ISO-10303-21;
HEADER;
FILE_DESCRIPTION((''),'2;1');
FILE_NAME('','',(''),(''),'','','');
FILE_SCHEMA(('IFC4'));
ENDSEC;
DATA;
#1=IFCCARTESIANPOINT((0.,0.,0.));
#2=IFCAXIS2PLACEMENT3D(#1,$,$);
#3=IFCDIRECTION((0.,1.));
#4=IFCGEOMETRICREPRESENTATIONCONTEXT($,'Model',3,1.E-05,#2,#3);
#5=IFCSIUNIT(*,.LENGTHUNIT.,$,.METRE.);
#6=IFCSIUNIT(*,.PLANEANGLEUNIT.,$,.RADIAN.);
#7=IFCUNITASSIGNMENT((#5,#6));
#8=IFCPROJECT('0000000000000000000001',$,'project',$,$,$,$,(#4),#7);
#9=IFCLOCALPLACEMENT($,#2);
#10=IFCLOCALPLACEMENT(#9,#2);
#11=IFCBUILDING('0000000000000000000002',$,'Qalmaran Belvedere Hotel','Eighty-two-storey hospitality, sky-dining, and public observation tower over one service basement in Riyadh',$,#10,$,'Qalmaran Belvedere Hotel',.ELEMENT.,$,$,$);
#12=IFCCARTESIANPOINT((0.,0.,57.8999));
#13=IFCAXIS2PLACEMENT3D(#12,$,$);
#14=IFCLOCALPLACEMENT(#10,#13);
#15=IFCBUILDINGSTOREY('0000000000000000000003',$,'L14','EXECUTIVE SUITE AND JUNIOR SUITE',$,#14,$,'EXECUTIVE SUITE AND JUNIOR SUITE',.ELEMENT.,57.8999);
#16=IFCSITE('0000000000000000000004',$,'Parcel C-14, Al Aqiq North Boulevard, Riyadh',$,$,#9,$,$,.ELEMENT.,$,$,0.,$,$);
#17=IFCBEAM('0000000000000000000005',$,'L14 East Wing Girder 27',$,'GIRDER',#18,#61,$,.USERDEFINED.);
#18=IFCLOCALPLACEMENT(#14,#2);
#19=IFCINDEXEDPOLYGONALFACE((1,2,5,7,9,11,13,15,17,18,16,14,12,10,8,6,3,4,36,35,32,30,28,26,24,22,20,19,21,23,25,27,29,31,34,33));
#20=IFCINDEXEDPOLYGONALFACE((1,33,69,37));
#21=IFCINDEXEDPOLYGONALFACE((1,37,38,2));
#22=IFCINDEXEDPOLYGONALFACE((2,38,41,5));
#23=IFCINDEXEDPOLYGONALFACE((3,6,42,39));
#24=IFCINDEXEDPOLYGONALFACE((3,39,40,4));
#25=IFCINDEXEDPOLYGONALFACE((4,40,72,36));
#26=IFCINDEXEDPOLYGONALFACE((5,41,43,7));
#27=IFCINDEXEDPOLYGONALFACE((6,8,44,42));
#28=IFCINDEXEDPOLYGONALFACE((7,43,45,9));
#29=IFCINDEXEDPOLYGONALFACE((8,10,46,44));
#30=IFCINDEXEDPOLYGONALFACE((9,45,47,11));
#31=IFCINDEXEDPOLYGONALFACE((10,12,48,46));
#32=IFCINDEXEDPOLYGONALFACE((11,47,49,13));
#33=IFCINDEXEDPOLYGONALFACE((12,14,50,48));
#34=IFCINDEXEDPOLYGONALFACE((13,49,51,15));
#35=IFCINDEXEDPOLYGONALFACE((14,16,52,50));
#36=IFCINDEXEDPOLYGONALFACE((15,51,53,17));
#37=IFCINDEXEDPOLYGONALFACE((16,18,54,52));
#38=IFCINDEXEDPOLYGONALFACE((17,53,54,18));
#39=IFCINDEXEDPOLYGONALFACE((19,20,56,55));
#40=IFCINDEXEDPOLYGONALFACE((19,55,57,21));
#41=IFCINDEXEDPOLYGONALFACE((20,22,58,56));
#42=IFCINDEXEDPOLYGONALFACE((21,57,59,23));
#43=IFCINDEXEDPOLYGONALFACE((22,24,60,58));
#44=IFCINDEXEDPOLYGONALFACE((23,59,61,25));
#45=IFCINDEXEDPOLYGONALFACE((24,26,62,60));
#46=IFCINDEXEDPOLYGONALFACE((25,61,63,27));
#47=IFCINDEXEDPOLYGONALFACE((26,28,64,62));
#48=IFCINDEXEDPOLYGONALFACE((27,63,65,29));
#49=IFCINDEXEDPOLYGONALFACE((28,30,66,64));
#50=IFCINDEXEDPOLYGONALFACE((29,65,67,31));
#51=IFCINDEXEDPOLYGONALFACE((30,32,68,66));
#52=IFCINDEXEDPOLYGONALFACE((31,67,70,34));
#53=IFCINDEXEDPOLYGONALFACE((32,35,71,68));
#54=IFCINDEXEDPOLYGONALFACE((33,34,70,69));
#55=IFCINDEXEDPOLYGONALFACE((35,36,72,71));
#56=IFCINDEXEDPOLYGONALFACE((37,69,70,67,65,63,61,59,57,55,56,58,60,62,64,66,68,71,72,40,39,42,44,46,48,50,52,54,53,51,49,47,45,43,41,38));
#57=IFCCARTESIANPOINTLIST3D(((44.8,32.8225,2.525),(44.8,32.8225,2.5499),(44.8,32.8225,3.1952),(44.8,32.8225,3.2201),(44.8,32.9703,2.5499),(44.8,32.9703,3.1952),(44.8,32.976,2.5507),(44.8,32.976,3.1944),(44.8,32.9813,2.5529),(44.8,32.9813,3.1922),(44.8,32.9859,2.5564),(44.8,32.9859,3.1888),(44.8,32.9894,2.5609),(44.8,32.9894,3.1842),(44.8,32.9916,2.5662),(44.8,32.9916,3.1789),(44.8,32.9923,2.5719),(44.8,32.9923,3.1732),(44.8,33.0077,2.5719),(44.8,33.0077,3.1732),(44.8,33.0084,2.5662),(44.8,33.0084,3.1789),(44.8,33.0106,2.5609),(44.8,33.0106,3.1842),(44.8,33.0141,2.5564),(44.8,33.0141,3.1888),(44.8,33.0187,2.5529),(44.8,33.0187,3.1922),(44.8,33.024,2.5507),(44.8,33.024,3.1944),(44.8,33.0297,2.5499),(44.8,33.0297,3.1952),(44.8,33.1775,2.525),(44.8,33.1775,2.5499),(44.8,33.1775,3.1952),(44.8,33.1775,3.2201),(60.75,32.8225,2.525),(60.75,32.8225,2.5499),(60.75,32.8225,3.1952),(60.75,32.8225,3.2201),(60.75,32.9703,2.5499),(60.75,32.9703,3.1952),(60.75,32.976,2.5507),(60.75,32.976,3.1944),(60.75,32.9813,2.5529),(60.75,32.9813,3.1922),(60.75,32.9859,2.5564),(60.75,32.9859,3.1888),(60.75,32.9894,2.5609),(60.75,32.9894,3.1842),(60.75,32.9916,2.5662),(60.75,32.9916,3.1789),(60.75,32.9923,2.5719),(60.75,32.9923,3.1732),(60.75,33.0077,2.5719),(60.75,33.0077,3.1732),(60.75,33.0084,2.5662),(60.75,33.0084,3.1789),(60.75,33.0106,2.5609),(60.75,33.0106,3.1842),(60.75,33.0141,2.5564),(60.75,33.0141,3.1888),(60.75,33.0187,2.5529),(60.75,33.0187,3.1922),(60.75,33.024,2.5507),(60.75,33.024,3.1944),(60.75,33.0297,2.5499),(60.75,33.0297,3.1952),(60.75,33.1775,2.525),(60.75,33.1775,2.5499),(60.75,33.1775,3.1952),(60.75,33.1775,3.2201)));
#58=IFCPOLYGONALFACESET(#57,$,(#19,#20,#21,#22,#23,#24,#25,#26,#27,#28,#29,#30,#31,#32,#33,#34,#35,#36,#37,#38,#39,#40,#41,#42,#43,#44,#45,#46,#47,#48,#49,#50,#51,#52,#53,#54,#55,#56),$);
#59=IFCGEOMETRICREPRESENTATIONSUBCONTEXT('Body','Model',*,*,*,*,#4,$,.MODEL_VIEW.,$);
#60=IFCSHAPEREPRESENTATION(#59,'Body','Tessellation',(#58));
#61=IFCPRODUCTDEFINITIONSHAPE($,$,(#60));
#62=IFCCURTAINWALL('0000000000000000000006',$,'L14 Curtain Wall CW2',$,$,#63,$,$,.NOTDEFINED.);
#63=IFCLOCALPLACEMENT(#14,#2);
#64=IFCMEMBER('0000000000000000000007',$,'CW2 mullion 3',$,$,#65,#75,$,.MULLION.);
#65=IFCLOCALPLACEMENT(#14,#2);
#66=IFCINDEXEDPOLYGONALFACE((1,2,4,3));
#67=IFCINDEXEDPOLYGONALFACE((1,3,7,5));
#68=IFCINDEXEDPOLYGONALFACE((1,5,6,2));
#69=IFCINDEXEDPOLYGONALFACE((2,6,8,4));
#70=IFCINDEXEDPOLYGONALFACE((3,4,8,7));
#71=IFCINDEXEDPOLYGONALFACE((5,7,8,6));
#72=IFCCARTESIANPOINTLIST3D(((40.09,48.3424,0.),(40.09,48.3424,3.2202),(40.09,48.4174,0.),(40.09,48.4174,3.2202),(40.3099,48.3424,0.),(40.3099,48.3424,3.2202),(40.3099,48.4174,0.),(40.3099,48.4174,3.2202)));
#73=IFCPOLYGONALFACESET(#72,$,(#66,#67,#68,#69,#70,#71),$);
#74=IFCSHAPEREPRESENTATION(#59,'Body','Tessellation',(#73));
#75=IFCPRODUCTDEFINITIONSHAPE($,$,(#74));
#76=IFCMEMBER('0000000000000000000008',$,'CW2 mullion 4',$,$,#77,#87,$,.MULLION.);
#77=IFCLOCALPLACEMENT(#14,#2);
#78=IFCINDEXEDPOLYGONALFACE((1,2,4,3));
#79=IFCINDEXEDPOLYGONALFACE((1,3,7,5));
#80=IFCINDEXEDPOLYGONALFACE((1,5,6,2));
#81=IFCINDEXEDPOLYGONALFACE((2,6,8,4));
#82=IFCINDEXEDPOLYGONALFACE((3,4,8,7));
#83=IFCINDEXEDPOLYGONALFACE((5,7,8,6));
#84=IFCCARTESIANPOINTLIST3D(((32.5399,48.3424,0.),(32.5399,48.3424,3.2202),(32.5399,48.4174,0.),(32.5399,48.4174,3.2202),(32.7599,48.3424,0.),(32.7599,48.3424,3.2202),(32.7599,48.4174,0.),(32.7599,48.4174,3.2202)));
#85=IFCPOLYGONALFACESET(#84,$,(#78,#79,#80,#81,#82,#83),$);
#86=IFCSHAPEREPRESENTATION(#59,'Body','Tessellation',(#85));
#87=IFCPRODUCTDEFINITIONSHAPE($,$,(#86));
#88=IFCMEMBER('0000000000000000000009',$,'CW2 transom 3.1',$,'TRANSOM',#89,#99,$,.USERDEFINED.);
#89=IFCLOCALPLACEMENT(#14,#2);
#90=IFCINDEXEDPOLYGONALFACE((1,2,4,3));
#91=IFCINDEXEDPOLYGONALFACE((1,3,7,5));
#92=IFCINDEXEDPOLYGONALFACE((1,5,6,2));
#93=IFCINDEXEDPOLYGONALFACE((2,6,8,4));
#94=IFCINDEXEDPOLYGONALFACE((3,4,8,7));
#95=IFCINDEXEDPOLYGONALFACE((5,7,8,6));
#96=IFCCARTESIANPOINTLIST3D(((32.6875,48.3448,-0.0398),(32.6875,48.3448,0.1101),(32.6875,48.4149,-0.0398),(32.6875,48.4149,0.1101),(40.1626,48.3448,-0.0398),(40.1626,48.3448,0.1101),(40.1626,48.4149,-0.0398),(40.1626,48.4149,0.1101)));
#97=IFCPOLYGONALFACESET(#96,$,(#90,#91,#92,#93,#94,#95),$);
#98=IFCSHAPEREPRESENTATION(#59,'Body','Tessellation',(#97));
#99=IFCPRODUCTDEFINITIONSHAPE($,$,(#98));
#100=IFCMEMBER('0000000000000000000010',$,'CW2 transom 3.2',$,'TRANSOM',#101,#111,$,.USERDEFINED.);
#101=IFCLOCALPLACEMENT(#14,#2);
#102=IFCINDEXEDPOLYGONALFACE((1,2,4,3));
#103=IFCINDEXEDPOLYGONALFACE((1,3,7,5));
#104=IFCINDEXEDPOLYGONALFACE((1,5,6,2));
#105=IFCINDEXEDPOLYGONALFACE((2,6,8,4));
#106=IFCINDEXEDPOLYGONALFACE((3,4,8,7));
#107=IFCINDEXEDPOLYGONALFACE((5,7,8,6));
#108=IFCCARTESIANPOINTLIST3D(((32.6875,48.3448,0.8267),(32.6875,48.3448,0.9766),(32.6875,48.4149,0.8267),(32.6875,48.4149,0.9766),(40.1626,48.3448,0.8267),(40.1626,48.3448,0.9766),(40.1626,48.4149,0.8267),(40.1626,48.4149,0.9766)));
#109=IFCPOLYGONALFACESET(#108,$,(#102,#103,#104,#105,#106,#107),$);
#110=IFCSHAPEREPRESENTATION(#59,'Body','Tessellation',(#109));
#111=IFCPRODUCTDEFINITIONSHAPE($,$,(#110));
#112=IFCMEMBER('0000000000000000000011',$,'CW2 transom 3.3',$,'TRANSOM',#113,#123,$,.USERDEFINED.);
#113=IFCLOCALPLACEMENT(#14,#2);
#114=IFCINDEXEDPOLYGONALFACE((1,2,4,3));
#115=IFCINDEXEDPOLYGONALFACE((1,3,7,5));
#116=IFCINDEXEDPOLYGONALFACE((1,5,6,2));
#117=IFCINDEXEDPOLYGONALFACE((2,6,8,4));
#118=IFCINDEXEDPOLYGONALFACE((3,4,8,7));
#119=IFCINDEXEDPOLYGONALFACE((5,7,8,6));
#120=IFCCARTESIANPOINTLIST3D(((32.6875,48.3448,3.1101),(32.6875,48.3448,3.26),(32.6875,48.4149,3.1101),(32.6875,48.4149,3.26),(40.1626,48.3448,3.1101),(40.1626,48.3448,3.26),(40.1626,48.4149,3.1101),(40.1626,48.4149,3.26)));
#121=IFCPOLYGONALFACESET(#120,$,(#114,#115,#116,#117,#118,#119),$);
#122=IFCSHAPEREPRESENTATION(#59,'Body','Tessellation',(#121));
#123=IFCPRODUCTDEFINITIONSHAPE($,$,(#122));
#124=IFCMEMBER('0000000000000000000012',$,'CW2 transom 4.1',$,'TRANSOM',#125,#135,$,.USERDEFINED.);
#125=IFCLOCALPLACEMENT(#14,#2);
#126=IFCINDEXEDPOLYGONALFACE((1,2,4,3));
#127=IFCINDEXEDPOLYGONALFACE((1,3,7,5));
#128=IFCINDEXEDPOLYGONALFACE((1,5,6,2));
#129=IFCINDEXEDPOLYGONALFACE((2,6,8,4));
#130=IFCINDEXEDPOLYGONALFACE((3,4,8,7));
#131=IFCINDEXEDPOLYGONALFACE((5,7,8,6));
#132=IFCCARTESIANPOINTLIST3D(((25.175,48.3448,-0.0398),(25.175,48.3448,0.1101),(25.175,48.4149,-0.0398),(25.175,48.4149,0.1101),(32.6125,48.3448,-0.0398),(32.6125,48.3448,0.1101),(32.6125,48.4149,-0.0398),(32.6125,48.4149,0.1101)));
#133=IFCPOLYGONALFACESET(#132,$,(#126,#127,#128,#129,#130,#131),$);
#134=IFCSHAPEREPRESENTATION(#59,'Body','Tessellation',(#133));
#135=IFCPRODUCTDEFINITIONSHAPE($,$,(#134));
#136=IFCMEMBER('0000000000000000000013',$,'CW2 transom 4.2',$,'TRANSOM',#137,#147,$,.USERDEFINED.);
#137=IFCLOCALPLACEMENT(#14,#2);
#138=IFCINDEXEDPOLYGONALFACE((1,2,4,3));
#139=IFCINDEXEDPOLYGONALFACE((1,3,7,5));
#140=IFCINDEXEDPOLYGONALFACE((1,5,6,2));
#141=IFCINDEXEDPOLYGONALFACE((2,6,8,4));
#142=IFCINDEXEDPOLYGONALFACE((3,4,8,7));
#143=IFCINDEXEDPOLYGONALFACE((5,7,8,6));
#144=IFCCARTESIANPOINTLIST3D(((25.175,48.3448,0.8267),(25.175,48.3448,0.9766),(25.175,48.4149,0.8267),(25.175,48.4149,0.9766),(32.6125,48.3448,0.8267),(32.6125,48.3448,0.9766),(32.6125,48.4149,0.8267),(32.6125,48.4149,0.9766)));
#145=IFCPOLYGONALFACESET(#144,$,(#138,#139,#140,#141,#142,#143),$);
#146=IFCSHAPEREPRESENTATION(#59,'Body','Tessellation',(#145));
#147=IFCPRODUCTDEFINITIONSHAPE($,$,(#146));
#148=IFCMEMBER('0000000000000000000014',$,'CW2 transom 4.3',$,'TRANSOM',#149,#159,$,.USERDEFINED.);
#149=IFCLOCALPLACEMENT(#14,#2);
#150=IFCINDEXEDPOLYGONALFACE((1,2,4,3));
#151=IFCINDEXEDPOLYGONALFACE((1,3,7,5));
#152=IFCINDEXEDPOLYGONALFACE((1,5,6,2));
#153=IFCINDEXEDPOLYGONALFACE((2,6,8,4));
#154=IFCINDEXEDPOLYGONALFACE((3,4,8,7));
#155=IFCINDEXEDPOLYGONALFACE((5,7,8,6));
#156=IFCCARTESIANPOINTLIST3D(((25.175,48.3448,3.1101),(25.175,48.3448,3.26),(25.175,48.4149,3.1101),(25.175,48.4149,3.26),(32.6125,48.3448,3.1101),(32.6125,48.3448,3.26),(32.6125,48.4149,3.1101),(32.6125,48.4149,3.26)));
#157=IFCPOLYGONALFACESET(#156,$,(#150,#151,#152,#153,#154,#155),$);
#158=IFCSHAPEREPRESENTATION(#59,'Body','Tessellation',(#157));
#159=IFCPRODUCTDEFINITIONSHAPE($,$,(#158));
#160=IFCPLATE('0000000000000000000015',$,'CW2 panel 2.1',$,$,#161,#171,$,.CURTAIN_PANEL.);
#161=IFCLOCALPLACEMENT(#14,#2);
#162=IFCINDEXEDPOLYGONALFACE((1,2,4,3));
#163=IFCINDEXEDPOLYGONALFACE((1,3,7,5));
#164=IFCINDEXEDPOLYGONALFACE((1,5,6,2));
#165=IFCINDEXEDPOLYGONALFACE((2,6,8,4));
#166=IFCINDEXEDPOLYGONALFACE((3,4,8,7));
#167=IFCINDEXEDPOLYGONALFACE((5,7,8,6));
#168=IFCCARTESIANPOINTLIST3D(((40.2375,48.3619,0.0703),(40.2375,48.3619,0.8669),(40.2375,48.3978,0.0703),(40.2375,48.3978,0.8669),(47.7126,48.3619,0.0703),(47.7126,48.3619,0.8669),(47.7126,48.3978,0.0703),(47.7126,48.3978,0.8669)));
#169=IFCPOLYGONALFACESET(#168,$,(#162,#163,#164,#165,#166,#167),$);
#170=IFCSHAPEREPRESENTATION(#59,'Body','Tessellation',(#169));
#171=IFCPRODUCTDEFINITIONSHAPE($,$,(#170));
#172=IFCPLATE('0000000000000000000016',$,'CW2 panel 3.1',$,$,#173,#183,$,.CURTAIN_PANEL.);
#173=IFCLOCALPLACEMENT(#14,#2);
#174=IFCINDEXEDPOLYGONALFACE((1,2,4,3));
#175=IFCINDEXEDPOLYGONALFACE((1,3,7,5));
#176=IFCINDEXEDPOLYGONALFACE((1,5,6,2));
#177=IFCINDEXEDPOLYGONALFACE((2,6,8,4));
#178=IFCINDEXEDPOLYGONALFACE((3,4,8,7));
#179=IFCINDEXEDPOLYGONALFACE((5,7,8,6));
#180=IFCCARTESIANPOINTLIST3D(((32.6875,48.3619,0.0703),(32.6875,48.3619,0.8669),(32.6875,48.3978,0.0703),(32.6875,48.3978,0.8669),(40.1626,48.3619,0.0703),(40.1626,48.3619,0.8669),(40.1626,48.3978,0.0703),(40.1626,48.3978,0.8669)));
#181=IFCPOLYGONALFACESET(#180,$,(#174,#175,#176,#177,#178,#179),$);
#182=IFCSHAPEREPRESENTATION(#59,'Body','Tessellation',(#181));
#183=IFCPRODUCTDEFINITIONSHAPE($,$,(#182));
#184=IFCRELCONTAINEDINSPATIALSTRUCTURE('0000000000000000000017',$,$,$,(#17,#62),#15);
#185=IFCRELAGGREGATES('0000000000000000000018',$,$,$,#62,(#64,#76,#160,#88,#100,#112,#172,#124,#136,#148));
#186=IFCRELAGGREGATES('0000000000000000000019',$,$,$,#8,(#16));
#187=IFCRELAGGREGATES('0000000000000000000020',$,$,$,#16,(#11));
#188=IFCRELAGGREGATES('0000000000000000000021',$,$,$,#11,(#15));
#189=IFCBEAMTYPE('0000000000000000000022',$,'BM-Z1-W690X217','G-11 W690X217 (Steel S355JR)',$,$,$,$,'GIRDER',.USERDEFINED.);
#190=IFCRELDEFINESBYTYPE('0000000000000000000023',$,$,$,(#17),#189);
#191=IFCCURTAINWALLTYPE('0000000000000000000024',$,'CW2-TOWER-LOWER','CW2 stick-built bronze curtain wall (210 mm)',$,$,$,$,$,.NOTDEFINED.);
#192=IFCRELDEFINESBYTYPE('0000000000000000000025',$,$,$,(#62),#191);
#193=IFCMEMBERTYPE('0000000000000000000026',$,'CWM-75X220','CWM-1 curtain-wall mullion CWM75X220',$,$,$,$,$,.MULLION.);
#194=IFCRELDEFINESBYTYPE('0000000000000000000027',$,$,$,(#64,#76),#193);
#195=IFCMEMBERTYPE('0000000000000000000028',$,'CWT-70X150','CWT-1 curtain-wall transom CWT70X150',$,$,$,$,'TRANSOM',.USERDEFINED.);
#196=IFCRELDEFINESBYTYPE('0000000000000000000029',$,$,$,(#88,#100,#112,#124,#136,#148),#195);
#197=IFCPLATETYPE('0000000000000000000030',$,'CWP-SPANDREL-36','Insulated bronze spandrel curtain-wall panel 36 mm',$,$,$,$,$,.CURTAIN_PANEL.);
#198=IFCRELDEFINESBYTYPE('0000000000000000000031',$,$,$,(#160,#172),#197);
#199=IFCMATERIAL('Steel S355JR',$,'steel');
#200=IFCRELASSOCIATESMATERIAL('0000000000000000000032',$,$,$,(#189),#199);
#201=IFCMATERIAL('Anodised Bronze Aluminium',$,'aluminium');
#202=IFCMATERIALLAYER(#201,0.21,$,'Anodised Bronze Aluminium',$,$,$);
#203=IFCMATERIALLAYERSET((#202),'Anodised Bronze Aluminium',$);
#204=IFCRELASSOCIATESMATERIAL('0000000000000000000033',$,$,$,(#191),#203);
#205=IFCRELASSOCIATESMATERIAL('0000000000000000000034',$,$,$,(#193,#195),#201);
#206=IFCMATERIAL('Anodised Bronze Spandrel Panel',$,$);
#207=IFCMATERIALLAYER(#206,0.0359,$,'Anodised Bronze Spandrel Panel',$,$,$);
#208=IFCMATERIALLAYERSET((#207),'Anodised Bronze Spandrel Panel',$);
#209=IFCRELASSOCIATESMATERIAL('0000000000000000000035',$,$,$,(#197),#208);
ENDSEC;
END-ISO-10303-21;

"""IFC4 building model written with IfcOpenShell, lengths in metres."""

from ifc_helpers import new_model, si_unit, direction, frame, origin, origin_2d, place, context, subcontext, project, spatial, rectangle, i_section, extrude, material, layer, layer_set, material_profile, profile_set, type_object, element, aggregate, save


model = new_model("IFC4")

# Units and contexts
model_context = context("Model", 3, precision=1e-05, world=origin(), true_north=direction((0.0, 1.0)))
body_context = subcontext(model_context, "Body", "Model", "MODEL_VIEW")
ifc_project = project(units=[si_unit("LENGTHUNIT", "METRE"), si_unit("PLANEANGLEUNIT", "RADIAN")], contexts=[model_context])

# Site, building, storey
site_placement = place(None, origin())
site = spatial("IfcSite", under=ifc_project, at=site_placement, Name="Parcel C-14, Al Aqiq North Boulevard, Riyadh", CompositionType="ELEMENT", RefElevation=0.0)
building_placement = place(site_placement, origin())
building = spatial("IfcBuilding", under=site, at=building_placement, Name="Qalmaran Belvedere Hotel", Description="Eighty-two-storey hospitality, sky-dining, and public observation tower over one service basement in Riyadh", LongName="Qalmaran Belvedere Hotel", CompositionType="ELEMENT")
storey_placement = place(building_placement, frame((0.0, 0.0, 57.8999)))
storey = spatial("IfcBuildingStorey", under=building, at=storey_placement, Name="L14", Description="EXECUTIVE SUITE AND JUNIOR SUITE", LongName="EXECUTIVE SUITE AND JUNIOR SUITE", CompositionType="ELEMENT", Elevation=57.8999)

# Beam
ifc_material_1 = material(Name="Steel S355JR", Category="steel")
ifc_material_profile_1 = material_profile(ifc_material_1, i_section(OverallWidth=0.355, OverallDepth=0.6951, WebThickness=0.0154, FlangeThickness=0.0249, FilletRadius=0.022, at=origin_2d()), Name="W690X217")
ifc_profile_set_1 = profile_set([ifc_material_profile_1], Name="Steel S355JR")
beam_type_1 = type_object("IfcBeamType", Name="BM-Z1-W690X217", Description="G-11 W690X217 (Steel S355JR)", ElementType="GIRDER", PredefinedType="USERDEFINED", material=ifc_profile_set_1)
beam_1_placement = place(storey_placement, frame((44.8, 33.0, 2.8726), z_axis=(1.0, 0.0, 0.0), x_axis=(0.0, 1.0, 0.0)))
element("IfcBeam", 1, at=beam_1_placement, inside=storey, type_object=beam_type_1, Name="L14 East Wing Girder 27", ObjectType="GIRDER", PredefinedType="USERDEFINED", context=body_context, shape_type="SweptSolid", body=[
    extrude(i_section(OverallWidth=0.355, OverallDepth=0.6951, WebThickness=0.0154, FlangeThickness=0.0249, FilletRadius=0.022, at=origin_2d()), origin(), (0.0, 0.0, 1.0), 15.95),
])

# Curtain wall, members, plates
ifc_material_2 = material(Name="Anodised Bronze Aluminium", Category="aluminium")
ifc_layer_1 = layer(ifc_material_2, 0.21, Name="Anodised Bronze Aluminium")
ifc_layer_set_1 = layer_set([ifc_layer_1], Name="Anodised Bronze Aluminium")
curtain_wall_type = type_object("IfcCurtainWallType", Name="CW2-TOWER-LOWER", Description="CW2 stick-built bronze curtain wall (210 mm)", PredefinedType="NOTDEFINED", material=ifc_layer_set_1)
curtain_wall_placement = place(storey_placement, origin())
curtain_wall = element("IfcCurtainWall", 2, at=curtain_wall_placement, inside=storey, type_object=curtain_wall_type, Name="L14 Curtain Wall CW2", PredefinedType="NOTDEFINED")
ifc_material_profile_2 = material_profile(ifc_material_2, rectangle(XDim=0.075, YDim=0.22, at=origin_2d()), Name="CWM75X220")
ifc_profile_set_2 = profile_set([ifc_material_profile_2], Name="Anodised Bronze Aluminium")
member_type_1 = type_object("IfcMemberType", Name="CWM-75X220", Description="CWM-1 curtain-wall mullion CWM75X220", PredefinedType="MULLION", material=ifc_profile_set_2)
member_1_placement = place(storey_placement, frame((40.2, 48.3799, 0.0), z_axis=(0.0, 0.0, 1.0), x_axis=(0.0, -1.0, 0.0)))
member_1 = element("IfcMember", 3, at=member_1_placement, type_object=member_type_1, Name="CW2 mullion 3", PredefinedType="MULLION", context=body_context, shape_type="SweptSolid", body=[
    extrude(rectangle(XDim=0.075, YDim=0.22, at=origin_2d()), origin(), (0.0, 0.0, 1.0), 3.2202),
])
member_2_placement = place(storey_placement, frame((32.6499, 48.3799, 0.0), z_axis=(0.0, 0.0, 1.0), x_axis=(0.0, -1.0, 0.0)))
member_2 = element("IfcMember", 4, at=member_2_placement, type_object=member_type_1, Name="CW2 mullion 4", PredefinedType="MULLION", context=body_context, shape_type="SweptSolid", body=[
    extrude(rectangle(XDim=0.075, YDim=0.22, at=origin_2d()), origin(), (0.0, 0.0, 1.0), 3.2202),
])
ifc_material_profile_3 = material_profile(ifc_material_2, rectangle(XDim=0.0701, YDim=0.1499, at=origin_2d()), Name="CWT70X150")
ifc_profile_set_3 = profile_set([ifc_material_profile_3], Name="Anodised Bronze Aluminium")
member_type_2 = type_object("IfcMemberType", Name="CWT-70X150", Description="CWT-1 curtain-wall transom CWT70X150", ElementType="TRANSOM", PredefinedType="USERDEFINED", material=ifc_profile_set_3)
member_3_placement = place(storey_placement, frame((40.1626, 48.3799, 0.0352), z_axis=(-1.0, 0.0, 0.0), x_axis=(0.0, -1.0, 0.0)))
member_3 = element("IfcMember", 5, at=member_3_placement, type_object=member_type_2, Name="CW2 transom 3.1", ObjectType="TRANSOM", PredefinedType="USERDEFINED", context=body_context, shape_type="SweptSolid", body=[
    extrude(rectangle(XDim=0.0701, YDim=0.1499, at=origin_2d()), origin(), (0.0, 0.0, 1.0), 7.4751),
])
member_4_placement = place(storey_placement, frame((40.1626, 48.3799, 0.9016), z_axis=(-1.0, 0.0, 0.0), x_axis=(0.0, -1.0, 0.0)))
member_4 = element("IfcMember", 6, at=member_4_placement, type_object=member_type_2, Name="CW2 transom 3.2", ObjectType="TRANSOM", PredefinedType="USERDEFINED", context=body_context, shape_type="SweptSolid", body=[
    extrude(rectangle(XDim=0.0701, YDim=0.1499, at=origin_2d()), origin(), (0.0, 0.0, 1.0), 7.4751),
])
member_5_placement = place(storey_placement, frame((40.1626, 48.3799, 3.1851), z_axis=(-1.0, 0.0, 0.0), x_axis=(0.0, -1.0, 0.0)))
member_5 = element("IfcMember", 7, at=member_5_placement, type_object=member_type_2, Name="CW2 transom 3.3", ObjectType="TRANSOM", PredefinedType="USERDEFINED", context=body_context, shape_type="SweptSolid", body=[
    extrude(rectangle(XDim=0.0701, YDim=0.1499, at=origin_2d()), origin(), (0.0, 0.0, 1.0), 7.4751),
])
member_6_placement = place(storey_placement, frame((32.6125, 48.3799, 0.0352), z_axis=(-1.0, 0.0, 0.0), x_axis=(0.0, -1.0, 0.0)))
member_6 = element("IfcMember", 8, at=member_6_placement, type_object=member_type_2, Name="CW2 transom 4.1", ObjectType="TRANSOM", PredefinedType="USERDEFINED", context=body_context, shape_type="SweptSolid", body=[
    extrude(rectangle(XDim=0.0701, YDim=0.1499, at=origin_2d()), origin(), (0.0, 0.0, 1.0), 7.4375),
])
member_7_placement = place(storey_placement, frame((32.6125, 48.3799, 0.9016), z_axis=(-1.0, 0.0, 0.0), x_axis=(0.0, -1.0, 0.0)))
member_7 = element("IfcMember", 9, at=member_7_placement, type_object=member_type_2, Name="CW2 transom 4.2", ObjectType="TRANSOM", PredefinedType="USERDEFINED", context=body_context, shape_type="SweptSolid", body=[
    extrude(rectangle(XDim=0.0701, YDim=0.1499, at=origin_2d()), origin(), (0.0, 0.0, 1.0), 7.4375),
])
member_8_placement = place(storey_placement, frame((32.6125, 48.3799, 3.1851), z_axis=(-1.0, 0.0, 0.0), x_axis=(0.0, -1.0, 0.0)))
member_8 = element("IfcMember", 10, at=member_8_placement, type_object=member_type_2, Name="CW2 transom 4.3", ObjectType="TRANSOM", PredefinedType="USERDEFINED", context=body_context, shape_type="SweptSolid", body=[
    extrude(rectangle(XDim=0.0701, YDim=0.1499, at=origin_2d()), origin(), (0.0, 0.0, 1.0), 7.4375),
])
ifc_material_3 = material(Name="Anodised Bronze Spandrel Panel")
ifc_layer_2 = layer(ifc_material_3, 0.0359, Name="Anodised Bronze Spandrel Panel")
ifc_layer_set_2 = layer_set([ifc_layer_2], Name="Anodised Bronze Spandrel Panel")
plate_type_1 = type_object("IfcPlateType", Name="CWP-SPANDREL-36", Description="Insulated bronze spandrel curtain-wall panel 36 mm", PredefinedType="CURTAIN_PANEL", material=ifc_layer_set_2)
plate_1_placement = place(storey_placement, frame((43.9751, 48.3799, 0.0703), z_axis=(0.0, 0.0, 1.0), x_axis=(-1.0, 0.0, 0.0)))
plate_1 = element("IfcPlate", 11, at=plate_1_placement, type_object=plate_type_1, Name="CW2 panel 2.1", PredefinedType="CURTAIN_PANEL", context=body_context, shape_type="SweptSolid", body=[
    extrude(rectangle(XDim=7.4751, YDim=0.0359, at=origin_2d()), origin(), (0.0, 0.0, 1.0), 0.7966),
])
plate_2_placement = place(storey_placement, frame((36.425, 48.3799, 0.0703), z_axis=(0.0, 0.0, 1.0), x_axis=(-1.0, 0.0, 0.0)))
plate_2 = element("IfcPlate", 12, at=plate_2_placement, type_object=plate_type_1, Name="CW2 panel 3.1", PredefinedType="CURTAIN_PANEL", context=body_context, shape_type="SweptSolid", body=[
    extrude(rectangle(XDim=7.4751, YDim=0.0359, at=origin_2d()), origin(), (0.0, 0.0, 1.0), 0.7966),
])
aggregate(curtain_wall, [member_1, member_2, plate_1, member_3, member_4, member_5, plate_2, member_6, member_7, member_8])

save(model, "model.ifc")
